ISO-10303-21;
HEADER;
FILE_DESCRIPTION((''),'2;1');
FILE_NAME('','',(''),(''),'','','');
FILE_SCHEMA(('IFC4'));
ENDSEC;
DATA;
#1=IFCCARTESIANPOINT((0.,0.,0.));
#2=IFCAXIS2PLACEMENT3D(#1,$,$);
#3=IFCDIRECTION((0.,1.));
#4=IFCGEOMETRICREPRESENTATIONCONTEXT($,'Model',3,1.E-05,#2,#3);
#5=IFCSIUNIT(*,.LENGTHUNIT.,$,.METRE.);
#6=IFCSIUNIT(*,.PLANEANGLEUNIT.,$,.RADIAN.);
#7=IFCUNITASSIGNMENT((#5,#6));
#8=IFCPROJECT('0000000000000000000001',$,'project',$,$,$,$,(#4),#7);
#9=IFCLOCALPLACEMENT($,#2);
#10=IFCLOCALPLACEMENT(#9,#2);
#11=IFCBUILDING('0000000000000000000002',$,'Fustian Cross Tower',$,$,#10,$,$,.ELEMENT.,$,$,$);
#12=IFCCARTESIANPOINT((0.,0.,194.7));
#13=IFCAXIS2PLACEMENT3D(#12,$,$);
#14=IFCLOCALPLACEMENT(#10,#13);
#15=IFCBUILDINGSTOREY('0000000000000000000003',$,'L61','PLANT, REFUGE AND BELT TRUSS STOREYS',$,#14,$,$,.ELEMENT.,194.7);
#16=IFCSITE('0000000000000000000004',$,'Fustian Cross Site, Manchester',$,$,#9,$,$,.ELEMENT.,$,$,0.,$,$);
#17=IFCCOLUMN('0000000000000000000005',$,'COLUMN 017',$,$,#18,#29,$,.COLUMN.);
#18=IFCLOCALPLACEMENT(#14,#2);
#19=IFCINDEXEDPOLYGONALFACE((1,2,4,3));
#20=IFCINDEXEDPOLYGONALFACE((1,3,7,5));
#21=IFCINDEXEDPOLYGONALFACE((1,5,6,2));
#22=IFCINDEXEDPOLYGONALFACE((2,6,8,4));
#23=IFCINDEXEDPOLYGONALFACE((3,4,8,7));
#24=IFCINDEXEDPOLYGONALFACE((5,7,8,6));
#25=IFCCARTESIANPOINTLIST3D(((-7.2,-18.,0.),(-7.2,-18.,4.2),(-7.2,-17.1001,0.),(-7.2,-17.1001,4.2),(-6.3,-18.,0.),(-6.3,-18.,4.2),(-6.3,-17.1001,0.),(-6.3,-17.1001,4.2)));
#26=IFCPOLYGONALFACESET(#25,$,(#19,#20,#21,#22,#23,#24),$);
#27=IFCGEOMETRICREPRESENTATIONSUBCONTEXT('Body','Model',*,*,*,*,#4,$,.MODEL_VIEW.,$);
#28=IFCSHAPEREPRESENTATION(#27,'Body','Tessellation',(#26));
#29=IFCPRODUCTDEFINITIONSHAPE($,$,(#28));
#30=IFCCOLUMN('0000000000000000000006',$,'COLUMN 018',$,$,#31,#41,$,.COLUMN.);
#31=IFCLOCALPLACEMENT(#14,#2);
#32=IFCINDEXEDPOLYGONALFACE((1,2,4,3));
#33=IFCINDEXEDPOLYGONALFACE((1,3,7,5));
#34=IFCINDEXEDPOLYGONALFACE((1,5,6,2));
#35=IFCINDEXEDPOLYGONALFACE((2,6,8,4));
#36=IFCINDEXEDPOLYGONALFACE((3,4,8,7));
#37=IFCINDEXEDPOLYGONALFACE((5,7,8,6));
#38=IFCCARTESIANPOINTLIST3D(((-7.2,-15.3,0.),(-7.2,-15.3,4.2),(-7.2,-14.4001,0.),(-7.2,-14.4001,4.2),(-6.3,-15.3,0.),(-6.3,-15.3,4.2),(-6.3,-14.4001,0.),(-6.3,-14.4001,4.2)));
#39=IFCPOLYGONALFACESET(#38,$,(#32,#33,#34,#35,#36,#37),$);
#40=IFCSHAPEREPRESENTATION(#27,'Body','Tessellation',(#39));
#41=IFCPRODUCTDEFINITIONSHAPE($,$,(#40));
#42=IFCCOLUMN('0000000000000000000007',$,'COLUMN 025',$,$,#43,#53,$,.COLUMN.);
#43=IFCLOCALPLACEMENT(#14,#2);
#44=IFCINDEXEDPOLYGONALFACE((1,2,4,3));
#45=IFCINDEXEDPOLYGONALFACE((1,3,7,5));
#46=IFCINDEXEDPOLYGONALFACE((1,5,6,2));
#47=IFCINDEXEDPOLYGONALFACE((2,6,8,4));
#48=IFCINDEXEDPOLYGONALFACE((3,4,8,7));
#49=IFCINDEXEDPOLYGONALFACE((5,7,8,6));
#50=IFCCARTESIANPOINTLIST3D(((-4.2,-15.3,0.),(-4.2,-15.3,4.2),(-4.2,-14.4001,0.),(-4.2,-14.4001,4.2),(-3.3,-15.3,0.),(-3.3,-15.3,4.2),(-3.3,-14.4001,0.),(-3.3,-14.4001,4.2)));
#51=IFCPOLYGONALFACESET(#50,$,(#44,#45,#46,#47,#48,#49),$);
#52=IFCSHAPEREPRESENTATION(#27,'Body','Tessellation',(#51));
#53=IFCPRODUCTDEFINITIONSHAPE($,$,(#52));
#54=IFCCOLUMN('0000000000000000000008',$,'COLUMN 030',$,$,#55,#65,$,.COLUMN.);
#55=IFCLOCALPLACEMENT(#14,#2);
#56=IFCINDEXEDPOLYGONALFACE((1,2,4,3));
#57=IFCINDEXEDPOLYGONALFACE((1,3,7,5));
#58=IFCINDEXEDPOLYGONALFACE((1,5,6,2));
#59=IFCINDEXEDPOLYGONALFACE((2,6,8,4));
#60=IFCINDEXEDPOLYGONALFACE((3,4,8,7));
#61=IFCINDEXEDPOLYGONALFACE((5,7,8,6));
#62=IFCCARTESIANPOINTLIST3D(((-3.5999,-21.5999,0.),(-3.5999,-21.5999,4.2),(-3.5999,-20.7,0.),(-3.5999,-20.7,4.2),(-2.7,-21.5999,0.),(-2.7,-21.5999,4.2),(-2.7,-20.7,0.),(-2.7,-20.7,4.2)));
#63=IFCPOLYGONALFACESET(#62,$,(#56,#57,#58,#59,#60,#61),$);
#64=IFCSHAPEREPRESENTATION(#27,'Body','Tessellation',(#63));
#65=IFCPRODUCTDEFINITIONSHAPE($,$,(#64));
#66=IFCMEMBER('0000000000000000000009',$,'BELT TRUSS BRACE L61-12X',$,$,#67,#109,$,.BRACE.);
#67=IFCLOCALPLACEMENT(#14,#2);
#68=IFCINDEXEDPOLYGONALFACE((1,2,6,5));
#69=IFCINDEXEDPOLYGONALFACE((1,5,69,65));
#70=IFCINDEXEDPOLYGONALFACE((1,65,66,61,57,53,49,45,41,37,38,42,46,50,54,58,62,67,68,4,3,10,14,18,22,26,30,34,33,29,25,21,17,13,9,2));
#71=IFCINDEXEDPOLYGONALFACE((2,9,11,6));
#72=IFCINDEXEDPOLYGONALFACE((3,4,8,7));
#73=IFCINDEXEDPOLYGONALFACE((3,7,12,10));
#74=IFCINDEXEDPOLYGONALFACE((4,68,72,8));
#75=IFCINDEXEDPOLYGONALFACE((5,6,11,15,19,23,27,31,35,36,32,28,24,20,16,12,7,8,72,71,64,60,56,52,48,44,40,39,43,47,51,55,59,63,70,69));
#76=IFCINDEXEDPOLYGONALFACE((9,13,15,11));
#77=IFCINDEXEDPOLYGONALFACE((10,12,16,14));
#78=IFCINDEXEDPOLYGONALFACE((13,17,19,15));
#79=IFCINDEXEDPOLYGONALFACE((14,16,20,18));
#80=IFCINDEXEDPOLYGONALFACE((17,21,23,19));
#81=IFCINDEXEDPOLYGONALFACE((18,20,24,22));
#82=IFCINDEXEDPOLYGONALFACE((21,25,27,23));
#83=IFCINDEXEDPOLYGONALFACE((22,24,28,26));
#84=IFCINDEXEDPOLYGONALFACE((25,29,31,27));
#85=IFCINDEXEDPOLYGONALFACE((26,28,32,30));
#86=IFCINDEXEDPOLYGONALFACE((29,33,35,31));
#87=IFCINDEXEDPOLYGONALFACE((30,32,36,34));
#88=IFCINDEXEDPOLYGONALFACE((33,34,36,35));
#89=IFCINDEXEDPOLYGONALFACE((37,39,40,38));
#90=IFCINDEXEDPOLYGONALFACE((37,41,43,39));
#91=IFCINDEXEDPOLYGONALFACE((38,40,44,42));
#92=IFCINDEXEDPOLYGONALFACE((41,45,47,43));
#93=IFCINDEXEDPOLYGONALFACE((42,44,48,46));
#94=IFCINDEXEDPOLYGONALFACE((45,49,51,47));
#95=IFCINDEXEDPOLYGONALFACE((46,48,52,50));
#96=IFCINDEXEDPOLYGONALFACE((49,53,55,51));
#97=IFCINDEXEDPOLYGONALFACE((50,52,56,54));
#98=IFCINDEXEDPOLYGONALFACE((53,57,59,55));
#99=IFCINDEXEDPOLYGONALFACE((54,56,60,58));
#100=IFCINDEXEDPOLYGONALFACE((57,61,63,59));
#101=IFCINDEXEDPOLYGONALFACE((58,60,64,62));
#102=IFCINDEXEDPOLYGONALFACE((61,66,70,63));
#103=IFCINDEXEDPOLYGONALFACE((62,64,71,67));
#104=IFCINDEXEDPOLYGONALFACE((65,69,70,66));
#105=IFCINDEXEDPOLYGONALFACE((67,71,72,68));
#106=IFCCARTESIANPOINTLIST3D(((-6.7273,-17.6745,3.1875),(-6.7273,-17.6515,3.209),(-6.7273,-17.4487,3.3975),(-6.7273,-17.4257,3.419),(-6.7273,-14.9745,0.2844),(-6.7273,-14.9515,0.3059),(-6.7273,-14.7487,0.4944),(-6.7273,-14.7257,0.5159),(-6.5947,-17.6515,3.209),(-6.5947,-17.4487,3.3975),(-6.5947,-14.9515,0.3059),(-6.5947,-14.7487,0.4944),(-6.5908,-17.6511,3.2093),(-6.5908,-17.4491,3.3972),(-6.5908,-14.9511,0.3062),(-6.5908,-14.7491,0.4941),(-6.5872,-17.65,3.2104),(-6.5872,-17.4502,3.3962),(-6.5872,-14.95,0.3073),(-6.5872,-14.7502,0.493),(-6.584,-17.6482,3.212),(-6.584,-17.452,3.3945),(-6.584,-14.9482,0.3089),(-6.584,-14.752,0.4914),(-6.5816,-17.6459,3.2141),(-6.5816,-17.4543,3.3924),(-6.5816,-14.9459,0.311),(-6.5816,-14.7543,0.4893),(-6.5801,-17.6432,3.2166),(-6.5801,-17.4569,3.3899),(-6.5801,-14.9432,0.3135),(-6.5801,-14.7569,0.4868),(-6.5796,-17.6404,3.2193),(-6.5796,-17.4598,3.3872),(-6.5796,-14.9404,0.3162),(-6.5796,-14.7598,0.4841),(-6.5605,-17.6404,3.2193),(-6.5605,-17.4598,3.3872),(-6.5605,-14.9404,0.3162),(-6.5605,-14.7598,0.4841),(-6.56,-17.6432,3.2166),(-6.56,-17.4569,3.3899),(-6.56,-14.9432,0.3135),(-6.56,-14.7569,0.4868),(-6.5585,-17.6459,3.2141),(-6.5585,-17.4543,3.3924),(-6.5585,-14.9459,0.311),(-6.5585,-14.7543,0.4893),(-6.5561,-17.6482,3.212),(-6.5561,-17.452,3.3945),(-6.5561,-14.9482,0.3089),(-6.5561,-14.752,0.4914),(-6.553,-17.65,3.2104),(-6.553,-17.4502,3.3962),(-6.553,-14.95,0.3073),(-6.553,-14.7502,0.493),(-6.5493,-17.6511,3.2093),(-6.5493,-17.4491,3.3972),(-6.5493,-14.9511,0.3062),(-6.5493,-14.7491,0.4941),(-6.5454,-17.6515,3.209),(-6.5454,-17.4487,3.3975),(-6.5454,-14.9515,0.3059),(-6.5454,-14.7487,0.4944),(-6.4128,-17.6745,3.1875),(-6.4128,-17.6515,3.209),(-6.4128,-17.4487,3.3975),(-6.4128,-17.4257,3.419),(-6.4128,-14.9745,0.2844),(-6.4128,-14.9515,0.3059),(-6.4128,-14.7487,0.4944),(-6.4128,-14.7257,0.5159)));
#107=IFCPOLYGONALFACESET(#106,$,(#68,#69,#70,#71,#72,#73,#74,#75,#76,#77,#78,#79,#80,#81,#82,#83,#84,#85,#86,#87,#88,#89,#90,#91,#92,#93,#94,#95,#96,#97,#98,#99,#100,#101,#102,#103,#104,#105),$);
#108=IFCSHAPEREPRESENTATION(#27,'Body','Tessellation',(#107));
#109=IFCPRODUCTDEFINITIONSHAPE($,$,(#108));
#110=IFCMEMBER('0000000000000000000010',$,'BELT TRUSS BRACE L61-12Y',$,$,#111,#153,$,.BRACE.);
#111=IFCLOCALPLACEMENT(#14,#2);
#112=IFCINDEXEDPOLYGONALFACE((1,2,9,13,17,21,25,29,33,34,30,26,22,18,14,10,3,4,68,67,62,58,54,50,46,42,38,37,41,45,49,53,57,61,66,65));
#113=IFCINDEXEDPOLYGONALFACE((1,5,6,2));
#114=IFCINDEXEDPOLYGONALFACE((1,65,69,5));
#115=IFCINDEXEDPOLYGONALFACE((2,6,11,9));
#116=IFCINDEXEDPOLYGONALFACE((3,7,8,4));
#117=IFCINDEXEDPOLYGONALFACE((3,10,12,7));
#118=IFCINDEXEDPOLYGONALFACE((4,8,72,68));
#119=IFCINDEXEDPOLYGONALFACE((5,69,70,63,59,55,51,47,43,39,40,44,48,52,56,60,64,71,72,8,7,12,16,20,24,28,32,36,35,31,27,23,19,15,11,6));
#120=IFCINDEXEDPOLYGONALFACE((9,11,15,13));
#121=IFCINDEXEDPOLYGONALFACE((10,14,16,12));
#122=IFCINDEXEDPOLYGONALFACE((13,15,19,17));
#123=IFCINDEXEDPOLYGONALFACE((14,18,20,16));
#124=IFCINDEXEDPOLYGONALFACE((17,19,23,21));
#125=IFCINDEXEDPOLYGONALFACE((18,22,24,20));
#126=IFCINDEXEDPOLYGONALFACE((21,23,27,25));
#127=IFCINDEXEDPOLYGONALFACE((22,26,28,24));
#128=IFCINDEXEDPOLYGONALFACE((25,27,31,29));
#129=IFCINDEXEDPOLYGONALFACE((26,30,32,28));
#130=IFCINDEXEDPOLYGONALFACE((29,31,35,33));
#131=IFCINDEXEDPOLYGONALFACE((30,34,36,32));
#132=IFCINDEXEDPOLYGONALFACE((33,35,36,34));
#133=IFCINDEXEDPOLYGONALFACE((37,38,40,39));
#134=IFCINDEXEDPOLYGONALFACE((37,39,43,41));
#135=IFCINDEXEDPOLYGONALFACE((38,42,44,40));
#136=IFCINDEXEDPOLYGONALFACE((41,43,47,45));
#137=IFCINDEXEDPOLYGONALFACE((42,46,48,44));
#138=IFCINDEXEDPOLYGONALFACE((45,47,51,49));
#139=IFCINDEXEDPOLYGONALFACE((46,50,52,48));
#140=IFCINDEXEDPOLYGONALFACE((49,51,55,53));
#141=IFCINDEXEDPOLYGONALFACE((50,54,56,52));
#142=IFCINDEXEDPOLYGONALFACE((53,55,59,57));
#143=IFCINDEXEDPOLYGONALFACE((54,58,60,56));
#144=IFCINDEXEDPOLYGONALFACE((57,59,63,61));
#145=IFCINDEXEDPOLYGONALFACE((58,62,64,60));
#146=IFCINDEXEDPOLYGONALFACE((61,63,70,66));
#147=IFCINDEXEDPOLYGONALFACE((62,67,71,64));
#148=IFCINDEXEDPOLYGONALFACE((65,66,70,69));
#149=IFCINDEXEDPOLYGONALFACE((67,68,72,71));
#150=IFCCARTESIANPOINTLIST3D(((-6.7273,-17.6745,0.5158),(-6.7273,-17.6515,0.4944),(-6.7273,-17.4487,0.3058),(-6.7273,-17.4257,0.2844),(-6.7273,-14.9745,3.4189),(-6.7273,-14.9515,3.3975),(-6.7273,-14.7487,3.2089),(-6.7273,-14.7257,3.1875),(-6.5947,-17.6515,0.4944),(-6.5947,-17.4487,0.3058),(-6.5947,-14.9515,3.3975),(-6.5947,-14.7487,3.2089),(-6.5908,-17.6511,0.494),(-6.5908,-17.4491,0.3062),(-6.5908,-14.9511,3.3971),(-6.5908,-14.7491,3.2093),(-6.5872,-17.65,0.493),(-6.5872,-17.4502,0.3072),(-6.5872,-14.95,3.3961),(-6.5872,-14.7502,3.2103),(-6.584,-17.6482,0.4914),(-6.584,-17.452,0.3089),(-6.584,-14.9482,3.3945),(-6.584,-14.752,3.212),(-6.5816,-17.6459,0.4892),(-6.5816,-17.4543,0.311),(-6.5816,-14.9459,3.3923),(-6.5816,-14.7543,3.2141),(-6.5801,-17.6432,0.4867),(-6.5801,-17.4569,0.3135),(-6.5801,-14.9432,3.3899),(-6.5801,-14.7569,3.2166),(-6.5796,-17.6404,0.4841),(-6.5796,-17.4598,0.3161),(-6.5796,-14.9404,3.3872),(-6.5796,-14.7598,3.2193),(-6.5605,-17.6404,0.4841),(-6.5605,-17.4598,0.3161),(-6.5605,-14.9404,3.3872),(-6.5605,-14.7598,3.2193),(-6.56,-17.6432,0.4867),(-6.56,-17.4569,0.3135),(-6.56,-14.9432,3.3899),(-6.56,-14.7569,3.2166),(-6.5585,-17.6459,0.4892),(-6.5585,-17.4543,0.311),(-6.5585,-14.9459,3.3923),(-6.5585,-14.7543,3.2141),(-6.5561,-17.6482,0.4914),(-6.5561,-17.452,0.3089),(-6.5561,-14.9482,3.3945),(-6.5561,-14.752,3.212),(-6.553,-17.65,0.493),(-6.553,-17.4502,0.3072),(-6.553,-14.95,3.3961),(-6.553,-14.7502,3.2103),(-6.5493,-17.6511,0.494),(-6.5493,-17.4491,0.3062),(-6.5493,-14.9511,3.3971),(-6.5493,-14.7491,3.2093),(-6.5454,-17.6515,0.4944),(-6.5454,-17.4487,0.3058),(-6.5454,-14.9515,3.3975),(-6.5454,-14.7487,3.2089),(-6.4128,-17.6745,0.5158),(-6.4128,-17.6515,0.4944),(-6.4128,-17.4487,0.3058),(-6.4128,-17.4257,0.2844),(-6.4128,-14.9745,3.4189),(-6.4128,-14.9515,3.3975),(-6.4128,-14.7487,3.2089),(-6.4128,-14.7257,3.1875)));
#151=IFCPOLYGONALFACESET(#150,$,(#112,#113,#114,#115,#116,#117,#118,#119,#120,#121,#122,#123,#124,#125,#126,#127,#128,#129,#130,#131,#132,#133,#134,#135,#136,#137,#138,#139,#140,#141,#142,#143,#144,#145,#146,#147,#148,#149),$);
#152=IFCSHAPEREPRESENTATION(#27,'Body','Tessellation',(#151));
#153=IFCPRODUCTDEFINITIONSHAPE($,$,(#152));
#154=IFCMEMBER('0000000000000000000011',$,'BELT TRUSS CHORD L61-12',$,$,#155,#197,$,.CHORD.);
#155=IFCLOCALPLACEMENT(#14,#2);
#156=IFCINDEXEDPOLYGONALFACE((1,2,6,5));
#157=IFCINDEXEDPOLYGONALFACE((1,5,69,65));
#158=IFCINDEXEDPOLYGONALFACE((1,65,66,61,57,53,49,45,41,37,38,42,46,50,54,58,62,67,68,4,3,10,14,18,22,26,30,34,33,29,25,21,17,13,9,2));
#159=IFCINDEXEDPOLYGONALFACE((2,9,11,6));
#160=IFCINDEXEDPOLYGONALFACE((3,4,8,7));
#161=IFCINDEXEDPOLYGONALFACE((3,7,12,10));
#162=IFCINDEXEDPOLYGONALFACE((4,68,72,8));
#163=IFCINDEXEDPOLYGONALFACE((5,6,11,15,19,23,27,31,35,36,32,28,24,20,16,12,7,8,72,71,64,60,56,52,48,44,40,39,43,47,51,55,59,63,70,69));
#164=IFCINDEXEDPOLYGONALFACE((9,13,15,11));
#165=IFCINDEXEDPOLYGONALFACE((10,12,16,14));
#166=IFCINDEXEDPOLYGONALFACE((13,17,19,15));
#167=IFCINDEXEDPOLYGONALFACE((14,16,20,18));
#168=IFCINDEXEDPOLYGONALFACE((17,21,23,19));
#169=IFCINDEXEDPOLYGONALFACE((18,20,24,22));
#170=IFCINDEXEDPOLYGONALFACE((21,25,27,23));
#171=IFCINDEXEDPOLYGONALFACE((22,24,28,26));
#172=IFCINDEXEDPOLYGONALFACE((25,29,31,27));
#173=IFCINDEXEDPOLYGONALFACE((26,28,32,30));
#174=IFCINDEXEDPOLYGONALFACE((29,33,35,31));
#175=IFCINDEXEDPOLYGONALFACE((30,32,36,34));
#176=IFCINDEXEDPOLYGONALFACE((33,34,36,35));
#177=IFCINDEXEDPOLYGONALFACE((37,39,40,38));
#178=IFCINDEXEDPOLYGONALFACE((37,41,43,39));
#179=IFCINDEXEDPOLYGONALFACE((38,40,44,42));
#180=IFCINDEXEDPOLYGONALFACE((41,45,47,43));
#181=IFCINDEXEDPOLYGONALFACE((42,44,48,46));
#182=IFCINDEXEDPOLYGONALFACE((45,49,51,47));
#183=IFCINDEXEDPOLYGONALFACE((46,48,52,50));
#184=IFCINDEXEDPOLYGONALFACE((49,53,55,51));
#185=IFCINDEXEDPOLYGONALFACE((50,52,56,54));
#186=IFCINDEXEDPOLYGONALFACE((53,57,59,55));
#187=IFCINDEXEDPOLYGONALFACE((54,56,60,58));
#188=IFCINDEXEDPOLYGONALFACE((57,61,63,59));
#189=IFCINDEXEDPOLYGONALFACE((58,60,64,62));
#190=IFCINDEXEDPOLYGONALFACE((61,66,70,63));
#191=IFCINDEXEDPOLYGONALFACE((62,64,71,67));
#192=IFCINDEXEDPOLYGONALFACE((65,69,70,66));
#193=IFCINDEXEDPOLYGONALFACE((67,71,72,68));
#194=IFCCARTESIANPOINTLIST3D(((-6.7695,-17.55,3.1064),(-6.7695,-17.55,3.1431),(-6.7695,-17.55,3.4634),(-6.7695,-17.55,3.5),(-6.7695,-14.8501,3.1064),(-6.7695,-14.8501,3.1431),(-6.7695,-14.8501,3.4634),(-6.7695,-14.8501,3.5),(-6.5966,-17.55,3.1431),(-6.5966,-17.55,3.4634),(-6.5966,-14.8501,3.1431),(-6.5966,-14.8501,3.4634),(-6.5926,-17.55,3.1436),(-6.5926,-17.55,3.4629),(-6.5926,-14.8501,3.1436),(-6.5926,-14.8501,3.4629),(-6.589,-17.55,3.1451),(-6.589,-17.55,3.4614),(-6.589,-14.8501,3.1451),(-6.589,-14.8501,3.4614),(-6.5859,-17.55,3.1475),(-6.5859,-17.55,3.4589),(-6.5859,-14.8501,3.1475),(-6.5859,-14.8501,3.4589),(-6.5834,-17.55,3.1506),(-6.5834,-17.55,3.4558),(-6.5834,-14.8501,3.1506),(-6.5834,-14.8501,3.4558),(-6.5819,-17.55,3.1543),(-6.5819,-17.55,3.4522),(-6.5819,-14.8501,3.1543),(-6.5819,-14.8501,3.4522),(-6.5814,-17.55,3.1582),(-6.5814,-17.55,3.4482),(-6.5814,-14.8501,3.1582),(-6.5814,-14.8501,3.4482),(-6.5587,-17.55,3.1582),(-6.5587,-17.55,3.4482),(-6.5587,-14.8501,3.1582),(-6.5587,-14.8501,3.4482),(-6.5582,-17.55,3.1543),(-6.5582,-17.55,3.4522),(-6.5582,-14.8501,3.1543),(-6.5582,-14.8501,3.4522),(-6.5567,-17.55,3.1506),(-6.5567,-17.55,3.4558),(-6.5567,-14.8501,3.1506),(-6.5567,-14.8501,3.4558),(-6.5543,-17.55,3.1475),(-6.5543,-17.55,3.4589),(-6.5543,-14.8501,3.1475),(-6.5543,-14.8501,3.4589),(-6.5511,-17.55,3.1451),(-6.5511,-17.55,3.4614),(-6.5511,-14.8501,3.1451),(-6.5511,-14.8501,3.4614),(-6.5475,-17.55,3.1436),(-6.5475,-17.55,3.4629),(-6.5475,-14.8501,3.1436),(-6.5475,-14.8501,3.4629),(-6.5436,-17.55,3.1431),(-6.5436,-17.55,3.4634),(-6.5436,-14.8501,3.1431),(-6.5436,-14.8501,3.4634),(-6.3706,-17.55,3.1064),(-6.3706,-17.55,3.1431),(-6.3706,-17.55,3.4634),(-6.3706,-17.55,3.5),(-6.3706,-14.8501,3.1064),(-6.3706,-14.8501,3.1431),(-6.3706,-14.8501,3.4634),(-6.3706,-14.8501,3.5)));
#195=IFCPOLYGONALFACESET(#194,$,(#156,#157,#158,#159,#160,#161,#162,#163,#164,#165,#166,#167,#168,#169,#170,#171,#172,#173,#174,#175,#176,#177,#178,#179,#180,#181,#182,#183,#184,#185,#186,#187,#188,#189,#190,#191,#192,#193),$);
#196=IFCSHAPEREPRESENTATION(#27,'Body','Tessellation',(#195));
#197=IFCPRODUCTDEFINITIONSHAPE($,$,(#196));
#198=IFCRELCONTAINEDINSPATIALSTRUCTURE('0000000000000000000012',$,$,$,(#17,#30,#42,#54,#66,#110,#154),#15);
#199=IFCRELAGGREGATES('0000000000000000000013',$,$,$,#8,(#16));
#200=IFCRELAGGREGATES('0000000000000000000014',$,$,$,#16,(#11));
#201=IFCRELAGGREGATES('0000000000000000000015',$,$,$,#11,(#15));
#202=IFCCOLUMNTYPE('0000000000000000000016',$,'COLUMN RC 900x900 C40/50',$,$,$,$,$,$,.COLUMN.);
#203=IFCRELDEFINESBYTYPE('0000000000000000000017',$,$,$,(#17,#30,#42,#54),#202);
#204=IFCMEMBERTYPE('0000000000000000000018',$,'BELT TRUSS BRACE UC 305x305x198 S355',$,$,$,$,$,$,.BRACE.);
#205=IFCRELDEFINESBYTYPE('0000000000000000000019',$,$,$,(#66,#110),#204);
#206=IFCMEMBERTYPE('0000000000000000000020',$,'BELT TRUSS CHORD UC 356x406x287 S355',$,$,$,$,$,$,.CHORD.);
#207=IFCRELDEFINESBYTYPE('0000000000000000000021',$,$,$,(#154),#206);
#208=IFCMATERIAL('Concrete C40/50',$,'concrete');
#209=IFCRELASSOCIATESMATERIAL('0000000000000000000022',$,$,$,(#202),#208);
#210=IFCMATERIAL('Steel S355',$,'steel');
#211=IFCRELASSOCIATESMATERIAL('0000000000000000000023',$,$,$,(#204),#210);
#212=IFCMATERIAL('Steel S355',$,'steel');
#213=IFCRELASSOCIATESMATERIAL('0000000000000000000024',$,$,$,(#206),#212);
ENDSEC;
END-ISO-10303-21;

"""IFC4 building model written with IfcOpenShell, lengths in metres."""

from ifc_helpers import new_model, si_unit, direction, frame, origin, origin_2d, place, context, subcontext, project, spatial, rectangle, i_section, extrude, material, material_profile, profile_set, type_object, element, save


model = new_model("IFC4")

# Units and contexts
model_context = context("Model", 3, precision=1e-05, world=origin(), true_north=direction((0.0, 1.0)))
body_context = subcontext(model_context, "Body", "Model", "MODEL_VIEW")
ifc_project = project(units=[si_unit("LENGTHUNIT", "METRE"), si_unit("PLANEANGLEUNIT", "RADIAN")], contexts=[model_context])

# Site, building, storey
site_placement = place(None, origin())
site = spatial("IfcSite", under=ifc_project, at=site_placement, Name="Fustian Cross Site, Manchester", CompositionType="ELEMENT", RefElevation=0.0)
building_placement = place(site_placement, origin())
building = spatial("IfcBuilding", under=site, at=building_placement, Name="Fustian Cross Tower", CompositionType="ELEMENT")
storey_placement = place(building_placement, frame((0.0, 0.0, 194.7)))
storey = spatial("IfcBuildingStorey", under=building, at=storey_placement, Name="L61", Description="PLANT, REFUGE AND BELT TRUSS STOREYS", CompositionType="ELEMENT", Elevation=194.7)

# Columns
ifc_material_1 = material(Name="Concrete C40/50", Category="concrete")
ifc_material_profile_1 = material_profile(ifc_material_1, rectangle(XDim=0.8999, YDim=0.8999, at=origin_2d()), Name="RC 900x900")
ifc_profile_set_1 = profile_set([ifc_material_profile_1], Name="Concrete C40/50")
column_type = type_object("IfcColumnType", Name="COLUMN RC 900x900 C40/50", PredefinedType="COLUMN", material=ifc_profile_set_1)
for number, where, z_axis, x_axis, name in (
    (1, (-6.75, -17.55, 0.0), (0.0, 0.0, 1.0), (1.0, 0.0, 0.0), "COLUMN 017"),
    (2, (-6.75, -14.8501, 0.0), (0.0, 0.0, 1.0), (1.0, 0.0, 0.0), "COLUMN 018"),
    (3, (-3.75, -14.8501, 0.0), (0.0, 0.0, 1.0), (1.0, 0.0, 0.0), "COLUMN 025"),
    (4, (-3.1499, -21.1499, 0.0), (0.0, 0.0, 1.0), (1.0, 0.0, 0.0), "COLUMN 030"),
):
    element("IfcColumn", number, at=place(storey_placement, frame(where, z_axis=z_axis, x_axis=x_axis)), inside=storey, type_object=column_type, Name=name, PredefinedType="COLUMN", context=body_context, shape_type="SweptSolid", body=[
        extrude(rectangle(XDim=0.8999, YDim=0.8999, at=origin_2d()), origin(), (0.0, 0.0, 1.0), 4.2),
    ])

# Members
ifc_material_2 = material(Name="Steel S355", Category="steel")
ifc_material_profile_2 = material_profile(ifc_material_2, i_section(OverallWidth=0.3145, OverallDepth=0.3398, WebThickness=0.019, FlangeThickness=0.0315, FilletRadius=0.0151, at=origin_2d()), Name="UC 305x305x198")
ifc_profile_set_2 = profile_set([ifc_material_profile_2], Name="Steel S355")
member_type_1 = type_object("IfcMemberType", Name="BELT TRUSS BRACE UC 305x305x198 S355", PredefinedType="BRACE", material=ifc_profile_set_2)
for number, where, z_axis, x_axis, name in (
    (5, (-6.5701, -14.8501, 0.4001), (0.0, -0.681025, 0.73226), (1.0, 0.0, 0.0), "BELT TRUSS BRACE L61-12X"),
    (6, (-6.5701, -14.8501, 3.3032), (0.0, -0.681025, -0.73226), (1.0, 0.0, 0.0), "BELT TRUSS BRACE L61-12Y"),
):
    element("IfcMember", number, at=place(storey_placement, frame(where, z_axis=z_axis, x_axis=x_axis)), inside=storey, type_object=member_type_1, Name=name, PredefinedType="BRACE", context=body_context, shape_type="SweptSolid", body=[
        extrude(i_section(OverallWidth=0.3145, OverallDepth=0.3398, WebThickness=0.019, FlangeThickness=0.0315, FilletRadius=0.0151, at=origin_2d()), origin(), (0.0, 0.0, 1.0), 3.9646),
    ])
ifc_material_3 = material(Name="Steel S355", Category="steel")
ifc_material_profile_3 = material_profile(ifc_material_3, i_section(OverallWidth=0.3989, OverallDepth=0.3936, WebThickness=0.0227, FlangeThickness=0.0366, FilletRadius=0.0151, at=origin_2d()), Name="UC 356x406x287")
ifc_profile_set_3 = profile_set([ifc_material_profile_3], Name="Steel S355")
member_type_2 = type_object("IfcMemberType", Name="BELT TRUSS CHORD UC 356x406x287 S355", PredefinedType="CHORD", material=ifc_profile_set_3)
for number, where, z_axis, x_axis, name in (
    (7, (-6.5701, -14.8501, 3.3032), (0.0, -1.0, 0.0), (1.0, 0.0, 0.0), "BELT TRUSS CHORD L61-12"),
):
    element("IfcMember", number, at=place(storey_placement, frame(where, z_axis=z_axis, x_axis=x_axis)), inside=storey, type_object=member_type_2, Name=name, PredefinedType="CHORD", context=body_context, shape_type="SweptSolid", body=[
        extrude(i_section(OverallWidth=0.3989, OverallDepth=0.3936, WebThickness=0.0227, FlangeThickness=0.0366, FilletRadius=0.0151, at=origin_2d()), origin(), (0.0, 0.0, 1.0), 2.7),
    ])

save(model, "model.ifc")
